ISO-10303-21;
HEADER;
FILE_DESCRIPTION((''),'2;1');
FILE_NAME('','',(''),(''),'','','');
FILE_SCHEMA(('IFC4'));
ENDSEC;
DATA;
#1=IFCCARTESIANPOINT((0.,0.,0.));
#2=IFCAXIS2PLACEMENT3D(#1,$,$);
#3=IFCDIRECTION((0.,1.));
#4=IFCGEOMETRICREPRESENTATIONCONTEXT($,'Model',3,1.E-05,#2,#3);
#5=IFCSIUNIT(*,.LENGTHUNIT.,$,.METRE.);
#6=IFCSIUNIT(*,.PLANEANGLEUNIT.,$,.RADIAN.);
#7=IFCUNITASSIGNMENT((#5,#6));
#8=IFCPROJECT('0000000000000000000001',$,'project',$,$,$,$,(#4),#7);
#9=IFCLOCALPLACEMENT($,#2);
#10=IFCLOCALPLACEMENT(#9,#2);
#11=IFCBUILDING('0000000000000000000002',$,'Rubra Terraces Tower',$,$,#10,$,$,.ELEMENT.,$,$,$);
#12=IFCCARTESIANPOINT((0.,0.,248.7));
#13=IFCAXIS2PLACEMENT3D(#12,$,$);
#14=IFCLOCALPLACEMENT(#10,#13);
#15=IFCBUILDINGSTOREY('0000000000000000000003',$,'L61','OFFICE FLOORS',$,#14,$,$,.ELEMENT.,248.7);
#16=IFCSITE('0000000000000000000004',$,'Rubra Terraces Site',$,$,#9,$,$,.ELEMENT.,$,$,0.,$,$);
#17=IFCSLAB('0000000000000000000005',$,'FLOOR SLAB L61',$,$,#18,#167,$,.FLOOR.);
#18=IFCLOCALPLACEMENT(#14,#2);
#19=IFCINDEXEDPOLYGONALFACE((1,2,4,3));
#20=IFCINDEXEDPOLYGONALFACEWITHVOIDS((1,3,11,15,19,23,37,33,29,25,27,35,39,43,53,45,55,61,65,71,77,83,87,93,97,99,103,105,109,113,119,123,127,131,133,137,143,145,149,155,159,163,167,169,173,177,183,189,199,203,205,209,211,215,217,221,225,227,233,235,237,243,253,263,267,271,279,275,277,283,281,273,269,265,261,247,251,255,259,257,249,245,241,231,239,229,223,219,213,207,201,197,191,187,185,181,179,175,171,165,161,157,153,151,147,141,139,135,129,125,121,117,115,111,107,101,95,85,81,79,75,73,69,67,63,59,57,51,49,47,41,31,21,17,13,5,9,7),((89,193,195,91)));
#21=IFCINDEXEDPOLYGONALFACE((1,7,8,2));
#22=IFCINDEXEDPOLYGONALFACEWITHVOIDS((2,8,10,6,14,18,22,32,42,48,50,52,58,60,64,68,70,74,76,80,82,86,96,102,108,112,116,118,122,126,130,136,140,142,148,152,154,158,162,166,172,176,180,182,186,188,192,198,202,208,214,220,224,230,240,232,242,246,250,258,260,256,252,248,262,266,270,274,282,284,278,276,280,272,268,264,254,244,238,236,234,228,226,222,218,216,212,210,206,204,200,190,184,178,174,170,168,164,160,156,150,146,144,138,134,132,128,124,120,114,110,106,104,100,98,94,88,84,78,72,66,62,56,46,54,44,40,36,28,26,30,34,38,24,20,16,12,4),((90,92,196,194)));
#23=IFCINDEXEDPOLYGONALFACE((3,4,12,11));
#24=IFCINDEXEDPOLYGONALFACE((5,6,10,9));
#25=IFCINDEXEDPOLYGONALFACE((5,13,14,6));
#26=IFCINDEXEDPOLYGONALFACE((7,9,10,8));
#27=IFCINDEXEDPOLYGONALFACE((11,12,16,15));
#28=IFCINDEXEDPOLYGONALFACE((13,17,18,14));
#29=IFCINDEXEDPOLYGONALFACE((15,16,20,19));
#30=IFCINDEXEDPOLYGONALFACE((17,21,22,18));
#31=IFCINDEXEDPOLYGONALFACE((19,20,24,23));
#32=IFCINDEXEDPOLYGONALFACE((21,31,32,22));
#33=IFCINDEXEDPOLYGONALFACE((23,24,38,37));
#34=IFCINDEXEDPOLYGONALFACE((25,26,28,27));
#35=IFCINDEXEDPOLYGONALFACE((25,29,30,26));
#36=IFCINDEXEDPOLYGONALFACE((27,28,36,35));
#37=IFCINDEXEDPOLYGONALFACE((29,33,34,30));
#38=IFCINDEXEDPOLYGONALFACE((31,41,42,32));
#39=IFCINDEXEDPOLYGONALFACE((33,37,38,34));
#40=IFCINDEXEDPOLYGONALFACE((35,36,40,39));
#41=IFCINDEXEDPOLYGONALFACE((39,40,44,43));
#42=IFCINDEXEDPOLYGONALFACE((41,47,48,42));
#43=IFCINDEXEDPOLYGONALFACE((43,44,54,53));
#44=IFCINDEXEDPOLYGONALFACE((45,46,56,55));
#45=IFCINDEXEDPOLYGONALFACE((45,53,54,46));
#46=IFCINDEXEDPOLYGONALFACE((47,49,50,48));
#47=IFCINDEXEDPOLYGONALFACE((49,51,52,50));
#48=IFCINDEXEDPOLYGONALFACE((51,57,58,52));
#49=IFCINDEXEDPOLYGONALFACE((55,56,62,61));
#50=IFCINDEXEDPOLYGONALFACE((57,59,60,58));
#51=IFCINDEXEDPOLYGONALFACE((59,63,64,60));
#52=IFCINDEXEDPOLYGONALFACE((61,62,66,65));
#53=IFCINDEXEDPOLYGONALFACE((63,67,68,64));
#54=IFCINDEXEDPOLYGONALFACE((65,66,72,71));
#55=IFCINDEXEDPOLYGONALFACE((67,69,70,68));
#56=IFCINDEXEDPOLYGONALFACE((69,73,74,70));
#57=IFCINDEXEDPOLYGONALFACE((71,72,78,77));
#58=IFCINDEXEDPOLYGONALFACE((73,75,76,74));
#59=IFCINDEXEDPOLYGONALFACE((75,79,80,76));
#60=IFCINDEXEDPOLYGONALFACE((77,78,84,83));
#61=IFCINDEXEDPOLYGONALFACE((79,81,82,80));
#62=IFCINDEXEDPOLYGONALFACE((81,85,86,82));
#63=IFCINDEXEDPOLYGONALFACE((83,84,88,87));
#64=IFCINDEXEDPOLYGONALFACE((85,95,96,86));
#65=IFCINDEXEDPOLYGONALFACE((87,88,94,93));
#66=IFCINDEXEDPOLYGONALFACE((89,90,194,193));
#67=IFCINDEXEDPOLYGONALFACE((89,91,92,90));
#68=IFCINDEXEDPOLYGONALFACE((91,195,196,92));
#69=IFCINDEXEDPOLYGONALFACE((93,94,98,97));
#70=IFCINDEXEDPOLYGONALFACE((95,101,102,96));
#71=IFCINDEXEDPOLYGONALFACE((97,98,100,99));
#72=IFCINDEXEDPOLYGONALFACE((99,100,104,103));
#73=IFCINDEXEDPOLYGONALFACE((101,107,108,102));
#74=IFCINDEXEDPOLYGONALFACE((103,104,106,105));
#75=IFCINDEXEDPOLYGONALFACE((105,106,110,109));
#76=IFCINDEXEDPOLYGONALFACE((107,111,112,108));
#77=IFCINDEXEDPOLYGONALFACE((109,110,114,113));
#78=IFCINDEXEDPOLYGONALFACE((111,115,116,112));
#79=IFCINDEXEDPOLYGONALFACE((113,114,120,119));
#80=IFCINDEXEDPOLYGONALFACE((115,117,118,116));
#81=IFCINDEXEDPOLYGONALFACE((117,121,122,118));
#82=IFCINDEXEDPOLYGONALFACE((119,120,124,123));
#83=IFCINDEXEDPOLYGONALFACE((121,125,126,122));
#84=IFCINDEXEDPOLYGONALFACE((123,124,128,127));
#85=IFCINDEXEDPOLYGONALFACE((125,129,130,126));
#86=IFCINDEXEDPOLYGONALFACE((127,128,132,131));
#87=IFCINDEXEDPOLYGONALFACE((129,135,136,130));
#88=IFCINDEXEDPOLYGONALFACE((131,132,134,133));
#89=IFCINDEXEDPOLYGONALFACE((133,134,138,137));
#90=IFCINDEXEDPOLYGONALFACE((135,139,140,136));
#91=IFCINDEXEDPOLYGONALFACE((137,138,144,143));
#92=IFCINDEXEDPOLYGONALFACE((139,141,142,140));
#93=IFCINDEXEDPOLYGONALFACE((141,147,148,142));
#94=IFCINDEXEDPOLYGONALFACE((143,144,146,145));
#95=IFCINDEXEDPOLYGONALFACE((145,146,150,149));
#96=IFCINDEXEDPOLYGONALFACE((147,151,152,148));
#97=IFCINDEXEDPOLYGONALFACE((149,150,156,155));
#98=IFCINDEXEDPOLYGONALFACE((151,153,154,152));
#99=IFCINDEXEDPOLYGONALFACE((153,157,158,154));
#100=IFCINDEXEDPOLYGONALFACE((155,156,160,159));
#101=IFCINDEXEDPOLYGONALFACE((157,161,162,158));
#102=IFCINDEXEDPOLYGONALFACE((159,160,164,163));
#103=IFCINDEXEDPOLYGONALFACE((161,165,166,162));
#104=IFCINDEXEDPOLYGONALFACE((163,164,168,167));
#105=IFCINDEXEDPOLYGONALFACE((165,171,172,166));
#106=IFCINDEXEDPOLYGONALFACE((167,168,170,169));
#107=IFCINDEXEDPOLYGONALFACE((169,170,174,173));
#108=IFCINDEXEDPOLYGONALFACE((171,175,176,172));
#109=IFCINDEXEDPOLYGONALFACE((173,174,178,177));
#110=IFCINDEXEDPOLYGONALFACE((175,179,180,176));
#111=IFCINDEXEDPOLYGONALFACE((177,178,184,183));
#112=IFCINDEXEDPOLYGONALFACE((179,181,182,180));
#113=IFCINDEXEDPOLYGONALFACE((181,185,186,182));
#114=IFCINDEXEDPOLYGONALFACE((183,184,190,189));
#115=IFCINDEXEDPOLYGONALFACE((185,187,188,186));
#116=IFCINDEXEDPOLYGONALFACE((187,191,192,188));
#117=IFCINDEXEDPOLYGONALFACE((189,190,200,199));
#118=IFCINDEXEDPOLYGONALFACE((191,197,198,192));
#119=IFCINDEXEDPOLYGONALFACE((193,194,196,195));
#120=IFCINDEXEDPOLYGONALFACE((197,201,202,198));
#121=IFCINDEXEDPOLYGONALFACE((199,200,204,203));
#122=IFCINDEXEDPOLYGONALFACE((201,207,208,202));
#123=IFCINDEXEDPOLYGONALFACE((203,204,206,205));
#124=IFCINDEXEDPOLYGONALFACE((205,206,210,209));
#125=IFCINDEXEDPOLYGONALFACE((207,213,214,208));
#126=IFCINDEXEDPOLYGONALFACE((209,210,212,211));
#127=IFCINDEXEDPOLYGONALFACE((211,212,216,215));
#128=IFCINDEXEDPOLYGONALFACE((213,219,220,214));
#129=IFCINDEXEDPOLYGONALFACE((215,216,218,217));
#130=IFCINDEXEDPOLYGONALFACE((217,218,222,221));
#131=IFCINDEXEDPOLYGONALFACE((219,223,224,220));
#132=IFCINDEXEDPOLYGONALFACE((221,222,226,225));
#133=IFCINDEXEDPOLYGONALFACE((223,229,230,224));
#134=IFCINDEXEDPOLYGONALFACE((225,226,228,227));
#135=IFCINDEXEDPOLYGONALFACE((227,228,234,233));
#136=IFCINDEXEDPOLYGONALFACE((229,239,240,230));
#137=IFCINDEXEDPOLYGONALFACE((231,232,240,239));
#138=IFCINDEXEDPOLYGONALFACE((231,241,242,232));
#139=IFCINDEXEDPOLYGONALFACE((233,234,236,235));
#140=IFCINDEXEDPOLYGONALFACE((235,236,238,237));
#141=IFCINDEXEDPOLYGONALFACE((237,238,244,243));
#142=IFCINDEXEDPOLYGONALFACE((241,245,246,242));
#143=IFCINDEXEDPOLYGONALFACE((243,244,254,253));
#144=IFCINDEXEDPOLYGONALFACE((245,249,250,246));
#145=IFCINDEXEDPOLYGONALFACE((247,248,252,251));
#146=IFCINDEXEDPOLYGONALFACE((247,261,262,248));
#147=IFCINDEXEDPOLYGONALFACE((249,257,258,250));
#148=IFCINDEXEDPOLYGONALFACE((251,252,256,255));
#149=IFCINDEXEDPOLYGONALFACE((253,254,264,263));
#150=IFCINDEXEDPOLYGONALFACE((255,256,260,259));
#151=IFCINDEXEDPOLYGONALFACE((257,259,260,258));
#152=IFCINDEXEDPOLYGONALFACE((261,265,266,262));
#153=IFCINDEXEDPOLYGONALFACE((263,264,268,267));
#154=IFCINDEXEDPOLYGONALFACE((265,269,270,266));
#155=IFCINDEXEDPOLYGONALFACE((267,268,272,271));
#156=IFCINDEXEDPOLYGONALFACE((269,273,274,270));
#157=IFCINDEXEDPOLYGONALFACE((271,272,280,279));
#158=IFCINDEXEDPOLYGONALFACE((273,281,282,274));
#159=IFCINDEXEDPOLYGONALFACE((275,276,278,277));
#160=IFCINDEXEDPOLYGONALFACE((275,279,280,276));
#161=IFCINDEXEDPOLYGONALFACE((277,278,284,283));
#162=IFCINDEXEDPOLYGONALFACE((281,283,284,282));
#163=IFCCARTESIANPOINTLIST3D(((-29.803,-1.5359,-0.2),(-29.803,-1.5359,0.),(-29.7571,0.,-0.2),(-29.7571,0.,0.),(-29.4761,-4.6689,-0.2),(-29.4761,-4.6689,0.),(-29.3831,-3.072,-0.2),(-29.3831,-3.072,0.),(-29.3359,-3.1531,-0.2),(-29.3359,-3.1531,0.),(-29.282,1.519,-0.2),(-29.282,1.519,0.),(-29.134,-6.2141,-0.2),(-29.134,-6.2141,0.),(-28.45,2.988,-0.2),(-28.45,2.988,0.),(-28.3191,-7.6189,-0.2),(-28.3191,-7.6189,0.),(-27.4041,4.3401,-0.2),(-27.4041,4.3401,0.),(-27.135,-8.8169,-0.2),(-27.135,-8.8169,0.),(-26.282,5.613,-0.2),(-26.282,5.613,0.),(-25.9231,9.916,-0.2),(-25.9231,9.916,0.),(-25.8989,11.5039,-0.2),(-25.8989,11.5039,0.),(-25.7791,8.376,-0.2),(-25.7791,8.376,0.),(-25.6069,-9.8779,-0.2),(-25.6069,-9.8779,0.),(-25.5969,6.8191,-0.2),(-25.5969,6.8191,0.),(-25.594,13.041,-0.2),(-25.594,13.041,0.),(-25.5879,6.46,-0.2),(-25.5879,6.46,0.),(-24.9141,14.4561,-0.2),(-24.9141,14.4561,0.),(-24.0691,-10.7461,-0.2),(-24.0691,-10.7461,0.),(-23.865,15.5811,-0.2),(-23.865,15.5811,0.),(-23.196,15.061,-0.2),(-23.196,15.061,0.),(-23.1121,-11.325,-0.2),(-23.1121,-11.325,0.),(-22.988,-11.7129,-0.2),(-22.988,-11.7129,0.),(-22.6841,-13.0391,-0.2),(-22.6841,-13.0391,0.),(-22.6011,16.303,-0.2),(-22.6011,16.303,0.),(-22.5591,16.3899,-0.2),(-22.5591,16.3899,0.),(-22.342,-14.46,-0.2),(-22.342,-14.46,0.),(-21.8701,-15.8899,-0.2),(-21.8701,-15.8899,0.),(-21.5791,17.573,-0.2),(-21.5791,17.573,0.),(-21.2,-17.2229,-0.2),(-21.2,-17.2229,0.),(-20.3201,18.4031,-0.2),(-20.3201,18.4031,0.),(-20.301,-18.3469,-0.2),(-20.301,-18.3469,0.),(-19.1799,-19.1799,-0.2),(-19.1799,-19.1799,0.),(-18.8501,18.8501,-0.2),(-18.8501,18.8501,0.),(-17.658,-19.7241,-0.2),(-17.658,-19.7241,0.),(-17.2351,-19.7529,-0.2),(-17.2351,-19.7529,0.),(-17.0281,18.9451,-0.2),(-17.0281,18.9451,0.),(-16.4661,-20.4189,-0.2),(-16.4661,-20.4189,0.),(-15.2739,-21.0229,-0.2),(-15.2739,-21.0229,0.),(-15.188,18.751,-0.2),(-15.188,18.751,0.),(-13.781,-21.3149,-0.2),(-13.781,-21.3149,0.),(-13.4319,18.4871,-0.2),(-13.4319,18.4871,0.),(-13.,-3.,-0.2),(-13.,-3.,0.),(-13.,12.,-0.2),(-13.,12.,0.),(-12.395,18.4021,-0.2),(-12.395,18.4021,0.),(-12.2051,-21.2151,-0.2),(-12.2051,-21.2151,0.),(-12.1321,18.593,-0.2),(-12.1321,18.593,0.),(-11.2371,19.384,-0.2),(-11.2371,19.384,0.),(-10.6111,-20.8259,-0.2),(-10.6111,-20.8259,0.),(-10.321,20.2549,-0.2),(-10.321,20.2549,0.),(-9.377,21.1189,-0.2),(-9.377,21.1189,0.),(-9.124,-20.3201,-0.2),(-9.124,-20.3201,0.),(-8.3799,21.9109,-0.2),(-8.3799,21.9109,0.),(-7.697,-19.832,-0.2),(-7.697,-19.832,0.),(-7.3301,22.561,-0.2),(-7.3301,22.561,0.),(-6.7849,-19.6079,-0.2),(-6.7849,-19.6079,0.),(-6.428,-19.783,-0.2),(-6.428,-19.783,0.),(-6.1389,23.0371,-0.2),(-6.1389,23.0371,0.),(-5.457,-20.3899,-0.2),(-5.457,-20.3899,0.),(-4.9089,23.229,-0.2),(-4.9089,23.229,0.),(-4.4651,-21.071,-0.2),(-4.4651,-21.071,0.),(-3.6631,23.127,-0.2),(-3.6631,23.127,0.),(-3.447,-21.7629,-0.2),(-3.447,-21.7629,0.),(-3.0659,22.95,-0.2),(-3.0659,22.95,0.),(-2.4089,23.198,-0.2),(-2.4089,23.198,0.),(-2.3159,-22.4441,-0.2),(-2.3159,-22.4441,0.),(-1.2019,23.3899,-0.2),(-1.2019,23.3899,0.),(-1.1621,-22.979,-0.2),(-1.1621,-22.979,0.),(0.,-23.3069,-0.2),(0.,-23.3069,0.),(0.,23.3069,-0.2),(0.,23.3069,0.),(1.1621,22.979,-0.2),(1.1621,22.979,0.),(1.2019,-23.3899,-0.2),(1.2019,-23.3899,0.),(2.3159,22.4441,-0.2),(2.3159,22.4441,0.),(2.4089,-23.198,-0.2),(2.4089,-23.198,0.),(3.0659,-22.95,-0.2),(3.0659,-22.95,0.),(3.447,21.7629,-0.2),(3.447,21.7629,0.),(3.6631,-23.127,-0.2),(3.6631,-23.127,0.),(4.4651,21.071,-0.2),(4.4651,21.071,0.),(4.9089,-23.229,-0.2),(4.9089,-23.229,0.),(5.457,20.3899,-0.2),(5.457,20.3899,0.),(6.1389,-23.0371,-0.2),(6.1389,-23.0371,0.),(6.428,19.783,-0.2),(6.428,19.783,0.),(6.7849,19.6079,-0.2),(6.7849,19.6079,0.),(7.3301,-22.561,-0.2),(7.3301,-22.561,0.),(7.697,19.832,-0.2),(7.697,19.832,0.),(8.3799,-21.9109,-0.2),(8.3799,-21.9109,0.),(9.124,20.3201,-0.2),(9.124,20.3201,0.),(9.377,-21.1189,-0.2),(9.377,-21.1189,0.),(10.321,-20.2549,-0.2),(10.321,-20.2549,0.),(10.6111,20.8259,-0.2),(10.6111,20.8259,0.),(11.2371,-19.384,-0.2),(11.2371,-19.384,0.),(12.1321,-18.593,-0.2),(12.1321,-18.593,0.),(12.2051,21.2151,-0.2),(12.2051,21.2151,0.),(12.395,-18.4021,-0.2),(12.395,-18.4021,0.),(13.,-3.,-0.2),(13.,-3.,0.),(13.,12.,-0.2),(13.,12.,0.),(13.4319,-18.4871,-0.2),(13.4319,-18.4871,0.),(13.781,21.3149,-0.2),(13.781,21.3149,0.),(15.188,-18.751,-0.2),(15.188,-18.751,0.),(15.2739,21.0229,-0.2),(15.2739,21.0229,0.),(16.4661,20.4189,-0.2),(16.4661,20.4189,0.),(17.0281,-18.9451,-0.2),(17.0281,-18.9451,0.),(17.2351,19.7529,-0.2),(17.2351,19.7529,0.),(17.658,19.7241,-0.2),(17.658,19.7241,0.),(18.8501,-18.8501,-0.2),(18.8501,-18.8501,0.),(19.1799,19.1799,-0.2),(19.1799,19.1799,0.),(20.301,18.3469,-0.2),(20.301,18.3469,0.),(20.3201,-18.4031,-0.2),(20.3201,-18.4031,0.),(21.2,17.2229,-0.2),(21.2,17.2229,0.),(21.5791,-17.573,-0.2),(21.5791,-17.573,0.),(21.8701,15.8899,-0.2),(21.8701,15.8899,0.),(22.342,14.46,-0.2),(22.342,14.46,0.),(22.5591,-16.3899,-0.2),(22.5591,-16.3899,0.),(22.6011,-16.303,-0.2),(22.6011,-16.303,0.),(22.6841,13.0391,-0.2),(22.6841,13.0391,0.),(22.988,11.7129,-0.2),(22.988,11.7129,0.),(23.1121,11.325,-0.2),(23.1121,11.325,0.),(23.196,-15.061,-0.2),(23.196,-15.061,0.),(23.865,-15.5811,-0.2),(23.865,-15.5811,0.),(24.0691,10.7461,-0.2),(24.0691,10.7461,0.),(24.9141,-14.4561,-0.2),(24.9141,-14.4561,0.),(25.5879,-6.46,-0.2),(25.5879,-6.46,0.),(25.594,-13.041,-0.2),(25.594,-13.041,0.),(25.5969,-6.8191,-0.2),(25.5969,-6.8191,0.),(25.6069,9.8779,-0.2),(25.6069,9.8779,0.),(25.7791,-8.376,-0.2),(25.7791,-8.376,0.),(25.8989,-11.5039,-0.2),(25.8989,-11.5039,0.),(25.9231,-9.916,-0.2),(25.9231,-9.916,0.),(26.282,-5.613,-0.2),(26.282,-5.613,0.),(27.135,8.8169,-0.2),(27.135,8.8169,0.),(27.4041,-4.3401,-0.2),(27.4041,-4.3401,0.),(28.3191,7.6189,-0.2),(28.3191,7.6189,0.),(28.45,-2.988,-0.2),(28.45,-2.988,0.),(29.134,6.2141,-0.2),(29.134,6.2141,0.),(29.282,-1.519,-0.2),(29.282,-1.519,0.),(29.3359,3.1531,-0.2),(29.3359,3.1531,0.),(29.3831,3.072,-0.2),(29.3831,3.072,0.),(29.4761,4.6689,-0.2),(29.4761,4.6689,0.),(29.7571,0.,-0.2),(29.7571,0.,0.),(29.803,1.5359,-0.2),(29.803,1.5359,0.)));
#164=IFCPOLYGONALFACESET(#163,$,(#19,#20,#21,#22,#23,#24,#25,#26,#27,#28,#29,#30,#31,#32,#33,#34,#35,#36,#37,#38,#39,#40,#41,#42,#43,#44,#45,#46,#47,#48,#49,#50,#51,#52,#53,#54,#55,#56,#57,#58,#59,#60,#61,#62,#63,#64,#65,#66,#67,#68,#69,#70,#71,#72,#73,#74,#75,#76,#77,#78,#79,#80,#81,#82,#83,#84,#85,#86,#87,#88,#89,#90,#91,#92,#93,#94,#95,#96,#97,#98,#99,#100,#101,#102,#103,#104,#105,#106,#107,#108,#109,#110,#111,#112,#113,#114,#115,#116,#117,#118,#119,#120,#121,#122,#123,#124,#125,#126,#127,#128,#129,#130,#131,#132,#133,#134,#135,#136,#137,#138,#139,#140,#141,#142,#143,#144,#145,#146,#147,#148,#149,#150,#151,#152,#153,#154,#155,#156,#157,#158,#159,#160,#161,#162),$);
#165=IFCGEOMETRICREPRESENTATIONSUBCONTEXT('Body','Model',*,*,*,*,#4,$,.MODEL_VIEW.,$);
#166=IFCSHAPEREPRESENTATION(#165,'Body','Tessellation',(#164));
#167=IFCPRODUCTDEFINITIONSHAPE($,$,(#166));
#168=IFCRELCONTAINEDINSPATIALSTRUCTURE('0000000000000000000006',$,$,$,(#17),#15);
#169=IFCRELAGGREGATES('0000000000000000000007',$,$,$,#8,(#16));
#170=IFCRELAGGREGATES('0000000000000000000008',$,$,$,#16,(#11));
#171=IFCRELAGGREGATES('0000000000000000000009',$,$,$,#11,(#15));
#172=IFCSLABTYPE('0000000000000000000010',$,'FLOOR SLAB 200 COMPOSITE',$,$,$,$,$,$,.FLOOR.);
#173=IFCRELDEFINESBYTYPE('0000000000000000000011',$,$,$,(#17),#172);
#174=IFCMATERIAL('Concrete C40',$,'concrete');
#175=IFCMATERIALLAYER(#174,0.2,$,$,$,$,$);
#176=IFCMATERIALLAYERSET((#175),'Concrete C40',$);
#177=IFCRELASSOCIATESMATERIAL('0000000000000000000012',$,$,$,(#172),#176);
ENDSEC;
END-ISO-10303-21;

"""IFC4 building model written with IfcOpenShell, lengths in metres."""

from ifc_helpers import new_model, si_unit, direction, frame, origin, place, context, subcontext, project, spatial, polyline, outline, extrude, material, layer, layer_set, type_object, element, save


model = new_model("IFC4")

# Units and contexts
model_context = context("Model", 3, precision=1e-05, world=origin(), true_north=direction((0.0, 1.0)))
body_context = subcontext(model_context, "Body", "Model", "MODEL_VIEW")
ifc_project = project(units=[si_unit("LENGTHUNIT", "METRE"), si_unit("PLANEANGLEUNIT", "RADIAN")], contexts=[model_context])

# Site, building, storey
site_placement = place(None, origin())
site = spatial("IfcSite", under=ifc_project, at=site_placement, Name="Rubra Terraces Site", CompositionType="ELEMENT", RefElevation=0.0)
building_placement = place(site_placement, origin())
building = spatial("IfcBuilding", under=site, at=building_placement, Name="Rubra Terraces Tower", CompositionType="ELEMENT")
storey_placement = place(building_placement, frame((0.0, 0.0, 248.7)))
storey = spatial("IfcBuildingStorey", under=building, at=storey_placement, Name="L61", Description="OFFICE FLOORS", CompositionType="ELEMENT", Elevation=248.7)

# Slab
ifc_material_1 = material(Name="Concrete C40", Category="concrete")
ifc_layer_1 = layer(ifc_material_1, 0.2)
ifc_layer_set_1 = layer_set([ifc_layer_1], Name="Concrete C40")
slab_type_1 = type_object("IfcSlabType", Name="FLOOR SLAB 200 COMPOSITE", PredefinedType="FLOOR", material=ifc_layer_set_1)
slab_1_placement = place(storey_placement, frame((0.0, 0.0, -0.2)))
element("IfcSlab", 1, at=slab_1_placement, inside=storey, type_object=slab_type_1, Name="FLOOR SLAB L61", PredefinedType="FLOOR", context=body_context, shape_type="SweptSolid", body=[
    extrude(outline(polyline([(24.0691, 10.7461), (23.1121, 11.325), (22.988, 11.7129), (22.6841, 13.0391), (22.342, 14.46), (21.8701, 15.8899), (21.2, 17.2229), (20.301, 18.3469), (19.1799, 19.1799), (17.658, 19.7241), (17.2351, 19.7529), (16.4661, 20.4189), (15.2739, 21.0229), (13.781, 21.3149), (12.2051, 21.2151), (10.6111, 20.8259), (9.124, 20.3201), (7.697, 19.832), (6.7849, 19.6079), (6.428, 19.783), (5.457, 20.3899), (4.4651, 21.071), (3.447, 21.7629), (2.3159, 22.4441), (1.1621, 22.979), (0.0, 23.3069), (-1.2019, 23.3899), (-2.4089, 23.198), (-3.0659, 22.95), (-3.6631, 23.127), (-4.9089, 23.229), (-6.1389, 23.0371), (-7.3301, 22.561), (-8.3799, 21.9109), (-9.377, 21.1189), (-10.321, 20.2549), (-11.2371, 19.384), (-12.1321, 18.593), (-12.395, 18.4021), (-13.4319, 18.4871), (-15.188, 18.751), (-17.0281, 18.9451), (-18.8501, 18.8501), (-20.3201, 18.4031), (-21.5791, 17.573), (-22.5591, 16.3899), (-23.196, 15.061), (-22.6011, 16.303), (-23.865, 15.5811), (-24.9141, 14.4561), (-25.594, 13.041), (-25.8989, 11.5039), (-25.9231, 9.916), (-25.7791, 8.376), (-25.5969, 6.8191), (-25.5879, 6.46), (-26.282, 5.613), (-27.4041, 4.3401), (-28.45, 2.988), (-29.282, 1.519), (-29.7571, 0.0), (-29.803, -1.5359), (-29.3831, -3.072), (-29.3359, -3.1531), (-29.4761, -4.6689), (-29.134, -6.2141), (-28.3191, -7.6189), (-27.135, -8.8169), (-25.6069, -9.8779), (-24.0691, -10.7461), (-23.1121, -11.325), (-22.988, -11.7129), (-22.6841, -13.0391), (-22.342, -14.46), (-21.8701, -15.8899), (-21.2, -17.2229), (-20.301, -18.3469), (-19.1799, -19.1799), (-17.658, -19.7241), (-17.2351, -19.7529), (-16.4661, -20.4189), (-15.2739, -21.0229), (-13.781, -21.3149), (-12.2051, -21.2151), (-10.6111, -20.8259), (-9.124, -20.3201), (-7.697, -19.832), (-6.7849, -19.6079), (-6.428, -19.783), (-5.457, -20.3899), (-4.4651, -21.071), (-3.447, -21.7629), (-2.3159, -22.4441), (-1.1621, -22.979), (0.0, -23.3069), (1.2019, -23.3899), (2.4089, -23.198), (3.0659, -22.95), (3.6631, -23.127), (4.9089, -23.229), (6.1389, -23.0371), (7.3301, -22.561), (8.3799, -21.9109), (9.377, -21.1189), (10.321, -20.2549), (11.2371, -19.384), (12.1321, -18.593), (12.395, -18.4021), (13.4319, -18.4871), (15.188, -18.751), (17.0281, -18.9451), (18.8501, -18.8501), (20.3201, -18.4031), (21.5791, -17.573), (22.5591, -16.3899), (23.196, -15.061), (22.6011, -16.303), (23.865, -15.5811), (24.9141, -14.4561), (25.594, -13.041), (25.8989, -11.5039), (25.9231, -9.916), (25.7791, -8.376), (25.5969, -6.8191), (25.5879, -6.46), (26.282, -5.613), (27.4041, -4.3401), (28.45, -2.988), (29.282, -1.519), (29.7571, 0.0), (29.803, 1.5359), (29.3831, 3.072), (29.3359, 3.1531), (29.4761, 4.6689), (29.134, 6.2141), (28.3191, 7.6189), (27.135, 8.8169), (25.6069, 9.8779), (24.0691, 10.7461)]), holes=[polyline([(13.0, 12.0), (13.0, -3.0), (-13.0, -3.0), (-13.0, 12.0), (13.0, 12.0)])]), origin(), (0.0, 0.0, 1.0), 0.2),
])

save(model, "model.ifc")
